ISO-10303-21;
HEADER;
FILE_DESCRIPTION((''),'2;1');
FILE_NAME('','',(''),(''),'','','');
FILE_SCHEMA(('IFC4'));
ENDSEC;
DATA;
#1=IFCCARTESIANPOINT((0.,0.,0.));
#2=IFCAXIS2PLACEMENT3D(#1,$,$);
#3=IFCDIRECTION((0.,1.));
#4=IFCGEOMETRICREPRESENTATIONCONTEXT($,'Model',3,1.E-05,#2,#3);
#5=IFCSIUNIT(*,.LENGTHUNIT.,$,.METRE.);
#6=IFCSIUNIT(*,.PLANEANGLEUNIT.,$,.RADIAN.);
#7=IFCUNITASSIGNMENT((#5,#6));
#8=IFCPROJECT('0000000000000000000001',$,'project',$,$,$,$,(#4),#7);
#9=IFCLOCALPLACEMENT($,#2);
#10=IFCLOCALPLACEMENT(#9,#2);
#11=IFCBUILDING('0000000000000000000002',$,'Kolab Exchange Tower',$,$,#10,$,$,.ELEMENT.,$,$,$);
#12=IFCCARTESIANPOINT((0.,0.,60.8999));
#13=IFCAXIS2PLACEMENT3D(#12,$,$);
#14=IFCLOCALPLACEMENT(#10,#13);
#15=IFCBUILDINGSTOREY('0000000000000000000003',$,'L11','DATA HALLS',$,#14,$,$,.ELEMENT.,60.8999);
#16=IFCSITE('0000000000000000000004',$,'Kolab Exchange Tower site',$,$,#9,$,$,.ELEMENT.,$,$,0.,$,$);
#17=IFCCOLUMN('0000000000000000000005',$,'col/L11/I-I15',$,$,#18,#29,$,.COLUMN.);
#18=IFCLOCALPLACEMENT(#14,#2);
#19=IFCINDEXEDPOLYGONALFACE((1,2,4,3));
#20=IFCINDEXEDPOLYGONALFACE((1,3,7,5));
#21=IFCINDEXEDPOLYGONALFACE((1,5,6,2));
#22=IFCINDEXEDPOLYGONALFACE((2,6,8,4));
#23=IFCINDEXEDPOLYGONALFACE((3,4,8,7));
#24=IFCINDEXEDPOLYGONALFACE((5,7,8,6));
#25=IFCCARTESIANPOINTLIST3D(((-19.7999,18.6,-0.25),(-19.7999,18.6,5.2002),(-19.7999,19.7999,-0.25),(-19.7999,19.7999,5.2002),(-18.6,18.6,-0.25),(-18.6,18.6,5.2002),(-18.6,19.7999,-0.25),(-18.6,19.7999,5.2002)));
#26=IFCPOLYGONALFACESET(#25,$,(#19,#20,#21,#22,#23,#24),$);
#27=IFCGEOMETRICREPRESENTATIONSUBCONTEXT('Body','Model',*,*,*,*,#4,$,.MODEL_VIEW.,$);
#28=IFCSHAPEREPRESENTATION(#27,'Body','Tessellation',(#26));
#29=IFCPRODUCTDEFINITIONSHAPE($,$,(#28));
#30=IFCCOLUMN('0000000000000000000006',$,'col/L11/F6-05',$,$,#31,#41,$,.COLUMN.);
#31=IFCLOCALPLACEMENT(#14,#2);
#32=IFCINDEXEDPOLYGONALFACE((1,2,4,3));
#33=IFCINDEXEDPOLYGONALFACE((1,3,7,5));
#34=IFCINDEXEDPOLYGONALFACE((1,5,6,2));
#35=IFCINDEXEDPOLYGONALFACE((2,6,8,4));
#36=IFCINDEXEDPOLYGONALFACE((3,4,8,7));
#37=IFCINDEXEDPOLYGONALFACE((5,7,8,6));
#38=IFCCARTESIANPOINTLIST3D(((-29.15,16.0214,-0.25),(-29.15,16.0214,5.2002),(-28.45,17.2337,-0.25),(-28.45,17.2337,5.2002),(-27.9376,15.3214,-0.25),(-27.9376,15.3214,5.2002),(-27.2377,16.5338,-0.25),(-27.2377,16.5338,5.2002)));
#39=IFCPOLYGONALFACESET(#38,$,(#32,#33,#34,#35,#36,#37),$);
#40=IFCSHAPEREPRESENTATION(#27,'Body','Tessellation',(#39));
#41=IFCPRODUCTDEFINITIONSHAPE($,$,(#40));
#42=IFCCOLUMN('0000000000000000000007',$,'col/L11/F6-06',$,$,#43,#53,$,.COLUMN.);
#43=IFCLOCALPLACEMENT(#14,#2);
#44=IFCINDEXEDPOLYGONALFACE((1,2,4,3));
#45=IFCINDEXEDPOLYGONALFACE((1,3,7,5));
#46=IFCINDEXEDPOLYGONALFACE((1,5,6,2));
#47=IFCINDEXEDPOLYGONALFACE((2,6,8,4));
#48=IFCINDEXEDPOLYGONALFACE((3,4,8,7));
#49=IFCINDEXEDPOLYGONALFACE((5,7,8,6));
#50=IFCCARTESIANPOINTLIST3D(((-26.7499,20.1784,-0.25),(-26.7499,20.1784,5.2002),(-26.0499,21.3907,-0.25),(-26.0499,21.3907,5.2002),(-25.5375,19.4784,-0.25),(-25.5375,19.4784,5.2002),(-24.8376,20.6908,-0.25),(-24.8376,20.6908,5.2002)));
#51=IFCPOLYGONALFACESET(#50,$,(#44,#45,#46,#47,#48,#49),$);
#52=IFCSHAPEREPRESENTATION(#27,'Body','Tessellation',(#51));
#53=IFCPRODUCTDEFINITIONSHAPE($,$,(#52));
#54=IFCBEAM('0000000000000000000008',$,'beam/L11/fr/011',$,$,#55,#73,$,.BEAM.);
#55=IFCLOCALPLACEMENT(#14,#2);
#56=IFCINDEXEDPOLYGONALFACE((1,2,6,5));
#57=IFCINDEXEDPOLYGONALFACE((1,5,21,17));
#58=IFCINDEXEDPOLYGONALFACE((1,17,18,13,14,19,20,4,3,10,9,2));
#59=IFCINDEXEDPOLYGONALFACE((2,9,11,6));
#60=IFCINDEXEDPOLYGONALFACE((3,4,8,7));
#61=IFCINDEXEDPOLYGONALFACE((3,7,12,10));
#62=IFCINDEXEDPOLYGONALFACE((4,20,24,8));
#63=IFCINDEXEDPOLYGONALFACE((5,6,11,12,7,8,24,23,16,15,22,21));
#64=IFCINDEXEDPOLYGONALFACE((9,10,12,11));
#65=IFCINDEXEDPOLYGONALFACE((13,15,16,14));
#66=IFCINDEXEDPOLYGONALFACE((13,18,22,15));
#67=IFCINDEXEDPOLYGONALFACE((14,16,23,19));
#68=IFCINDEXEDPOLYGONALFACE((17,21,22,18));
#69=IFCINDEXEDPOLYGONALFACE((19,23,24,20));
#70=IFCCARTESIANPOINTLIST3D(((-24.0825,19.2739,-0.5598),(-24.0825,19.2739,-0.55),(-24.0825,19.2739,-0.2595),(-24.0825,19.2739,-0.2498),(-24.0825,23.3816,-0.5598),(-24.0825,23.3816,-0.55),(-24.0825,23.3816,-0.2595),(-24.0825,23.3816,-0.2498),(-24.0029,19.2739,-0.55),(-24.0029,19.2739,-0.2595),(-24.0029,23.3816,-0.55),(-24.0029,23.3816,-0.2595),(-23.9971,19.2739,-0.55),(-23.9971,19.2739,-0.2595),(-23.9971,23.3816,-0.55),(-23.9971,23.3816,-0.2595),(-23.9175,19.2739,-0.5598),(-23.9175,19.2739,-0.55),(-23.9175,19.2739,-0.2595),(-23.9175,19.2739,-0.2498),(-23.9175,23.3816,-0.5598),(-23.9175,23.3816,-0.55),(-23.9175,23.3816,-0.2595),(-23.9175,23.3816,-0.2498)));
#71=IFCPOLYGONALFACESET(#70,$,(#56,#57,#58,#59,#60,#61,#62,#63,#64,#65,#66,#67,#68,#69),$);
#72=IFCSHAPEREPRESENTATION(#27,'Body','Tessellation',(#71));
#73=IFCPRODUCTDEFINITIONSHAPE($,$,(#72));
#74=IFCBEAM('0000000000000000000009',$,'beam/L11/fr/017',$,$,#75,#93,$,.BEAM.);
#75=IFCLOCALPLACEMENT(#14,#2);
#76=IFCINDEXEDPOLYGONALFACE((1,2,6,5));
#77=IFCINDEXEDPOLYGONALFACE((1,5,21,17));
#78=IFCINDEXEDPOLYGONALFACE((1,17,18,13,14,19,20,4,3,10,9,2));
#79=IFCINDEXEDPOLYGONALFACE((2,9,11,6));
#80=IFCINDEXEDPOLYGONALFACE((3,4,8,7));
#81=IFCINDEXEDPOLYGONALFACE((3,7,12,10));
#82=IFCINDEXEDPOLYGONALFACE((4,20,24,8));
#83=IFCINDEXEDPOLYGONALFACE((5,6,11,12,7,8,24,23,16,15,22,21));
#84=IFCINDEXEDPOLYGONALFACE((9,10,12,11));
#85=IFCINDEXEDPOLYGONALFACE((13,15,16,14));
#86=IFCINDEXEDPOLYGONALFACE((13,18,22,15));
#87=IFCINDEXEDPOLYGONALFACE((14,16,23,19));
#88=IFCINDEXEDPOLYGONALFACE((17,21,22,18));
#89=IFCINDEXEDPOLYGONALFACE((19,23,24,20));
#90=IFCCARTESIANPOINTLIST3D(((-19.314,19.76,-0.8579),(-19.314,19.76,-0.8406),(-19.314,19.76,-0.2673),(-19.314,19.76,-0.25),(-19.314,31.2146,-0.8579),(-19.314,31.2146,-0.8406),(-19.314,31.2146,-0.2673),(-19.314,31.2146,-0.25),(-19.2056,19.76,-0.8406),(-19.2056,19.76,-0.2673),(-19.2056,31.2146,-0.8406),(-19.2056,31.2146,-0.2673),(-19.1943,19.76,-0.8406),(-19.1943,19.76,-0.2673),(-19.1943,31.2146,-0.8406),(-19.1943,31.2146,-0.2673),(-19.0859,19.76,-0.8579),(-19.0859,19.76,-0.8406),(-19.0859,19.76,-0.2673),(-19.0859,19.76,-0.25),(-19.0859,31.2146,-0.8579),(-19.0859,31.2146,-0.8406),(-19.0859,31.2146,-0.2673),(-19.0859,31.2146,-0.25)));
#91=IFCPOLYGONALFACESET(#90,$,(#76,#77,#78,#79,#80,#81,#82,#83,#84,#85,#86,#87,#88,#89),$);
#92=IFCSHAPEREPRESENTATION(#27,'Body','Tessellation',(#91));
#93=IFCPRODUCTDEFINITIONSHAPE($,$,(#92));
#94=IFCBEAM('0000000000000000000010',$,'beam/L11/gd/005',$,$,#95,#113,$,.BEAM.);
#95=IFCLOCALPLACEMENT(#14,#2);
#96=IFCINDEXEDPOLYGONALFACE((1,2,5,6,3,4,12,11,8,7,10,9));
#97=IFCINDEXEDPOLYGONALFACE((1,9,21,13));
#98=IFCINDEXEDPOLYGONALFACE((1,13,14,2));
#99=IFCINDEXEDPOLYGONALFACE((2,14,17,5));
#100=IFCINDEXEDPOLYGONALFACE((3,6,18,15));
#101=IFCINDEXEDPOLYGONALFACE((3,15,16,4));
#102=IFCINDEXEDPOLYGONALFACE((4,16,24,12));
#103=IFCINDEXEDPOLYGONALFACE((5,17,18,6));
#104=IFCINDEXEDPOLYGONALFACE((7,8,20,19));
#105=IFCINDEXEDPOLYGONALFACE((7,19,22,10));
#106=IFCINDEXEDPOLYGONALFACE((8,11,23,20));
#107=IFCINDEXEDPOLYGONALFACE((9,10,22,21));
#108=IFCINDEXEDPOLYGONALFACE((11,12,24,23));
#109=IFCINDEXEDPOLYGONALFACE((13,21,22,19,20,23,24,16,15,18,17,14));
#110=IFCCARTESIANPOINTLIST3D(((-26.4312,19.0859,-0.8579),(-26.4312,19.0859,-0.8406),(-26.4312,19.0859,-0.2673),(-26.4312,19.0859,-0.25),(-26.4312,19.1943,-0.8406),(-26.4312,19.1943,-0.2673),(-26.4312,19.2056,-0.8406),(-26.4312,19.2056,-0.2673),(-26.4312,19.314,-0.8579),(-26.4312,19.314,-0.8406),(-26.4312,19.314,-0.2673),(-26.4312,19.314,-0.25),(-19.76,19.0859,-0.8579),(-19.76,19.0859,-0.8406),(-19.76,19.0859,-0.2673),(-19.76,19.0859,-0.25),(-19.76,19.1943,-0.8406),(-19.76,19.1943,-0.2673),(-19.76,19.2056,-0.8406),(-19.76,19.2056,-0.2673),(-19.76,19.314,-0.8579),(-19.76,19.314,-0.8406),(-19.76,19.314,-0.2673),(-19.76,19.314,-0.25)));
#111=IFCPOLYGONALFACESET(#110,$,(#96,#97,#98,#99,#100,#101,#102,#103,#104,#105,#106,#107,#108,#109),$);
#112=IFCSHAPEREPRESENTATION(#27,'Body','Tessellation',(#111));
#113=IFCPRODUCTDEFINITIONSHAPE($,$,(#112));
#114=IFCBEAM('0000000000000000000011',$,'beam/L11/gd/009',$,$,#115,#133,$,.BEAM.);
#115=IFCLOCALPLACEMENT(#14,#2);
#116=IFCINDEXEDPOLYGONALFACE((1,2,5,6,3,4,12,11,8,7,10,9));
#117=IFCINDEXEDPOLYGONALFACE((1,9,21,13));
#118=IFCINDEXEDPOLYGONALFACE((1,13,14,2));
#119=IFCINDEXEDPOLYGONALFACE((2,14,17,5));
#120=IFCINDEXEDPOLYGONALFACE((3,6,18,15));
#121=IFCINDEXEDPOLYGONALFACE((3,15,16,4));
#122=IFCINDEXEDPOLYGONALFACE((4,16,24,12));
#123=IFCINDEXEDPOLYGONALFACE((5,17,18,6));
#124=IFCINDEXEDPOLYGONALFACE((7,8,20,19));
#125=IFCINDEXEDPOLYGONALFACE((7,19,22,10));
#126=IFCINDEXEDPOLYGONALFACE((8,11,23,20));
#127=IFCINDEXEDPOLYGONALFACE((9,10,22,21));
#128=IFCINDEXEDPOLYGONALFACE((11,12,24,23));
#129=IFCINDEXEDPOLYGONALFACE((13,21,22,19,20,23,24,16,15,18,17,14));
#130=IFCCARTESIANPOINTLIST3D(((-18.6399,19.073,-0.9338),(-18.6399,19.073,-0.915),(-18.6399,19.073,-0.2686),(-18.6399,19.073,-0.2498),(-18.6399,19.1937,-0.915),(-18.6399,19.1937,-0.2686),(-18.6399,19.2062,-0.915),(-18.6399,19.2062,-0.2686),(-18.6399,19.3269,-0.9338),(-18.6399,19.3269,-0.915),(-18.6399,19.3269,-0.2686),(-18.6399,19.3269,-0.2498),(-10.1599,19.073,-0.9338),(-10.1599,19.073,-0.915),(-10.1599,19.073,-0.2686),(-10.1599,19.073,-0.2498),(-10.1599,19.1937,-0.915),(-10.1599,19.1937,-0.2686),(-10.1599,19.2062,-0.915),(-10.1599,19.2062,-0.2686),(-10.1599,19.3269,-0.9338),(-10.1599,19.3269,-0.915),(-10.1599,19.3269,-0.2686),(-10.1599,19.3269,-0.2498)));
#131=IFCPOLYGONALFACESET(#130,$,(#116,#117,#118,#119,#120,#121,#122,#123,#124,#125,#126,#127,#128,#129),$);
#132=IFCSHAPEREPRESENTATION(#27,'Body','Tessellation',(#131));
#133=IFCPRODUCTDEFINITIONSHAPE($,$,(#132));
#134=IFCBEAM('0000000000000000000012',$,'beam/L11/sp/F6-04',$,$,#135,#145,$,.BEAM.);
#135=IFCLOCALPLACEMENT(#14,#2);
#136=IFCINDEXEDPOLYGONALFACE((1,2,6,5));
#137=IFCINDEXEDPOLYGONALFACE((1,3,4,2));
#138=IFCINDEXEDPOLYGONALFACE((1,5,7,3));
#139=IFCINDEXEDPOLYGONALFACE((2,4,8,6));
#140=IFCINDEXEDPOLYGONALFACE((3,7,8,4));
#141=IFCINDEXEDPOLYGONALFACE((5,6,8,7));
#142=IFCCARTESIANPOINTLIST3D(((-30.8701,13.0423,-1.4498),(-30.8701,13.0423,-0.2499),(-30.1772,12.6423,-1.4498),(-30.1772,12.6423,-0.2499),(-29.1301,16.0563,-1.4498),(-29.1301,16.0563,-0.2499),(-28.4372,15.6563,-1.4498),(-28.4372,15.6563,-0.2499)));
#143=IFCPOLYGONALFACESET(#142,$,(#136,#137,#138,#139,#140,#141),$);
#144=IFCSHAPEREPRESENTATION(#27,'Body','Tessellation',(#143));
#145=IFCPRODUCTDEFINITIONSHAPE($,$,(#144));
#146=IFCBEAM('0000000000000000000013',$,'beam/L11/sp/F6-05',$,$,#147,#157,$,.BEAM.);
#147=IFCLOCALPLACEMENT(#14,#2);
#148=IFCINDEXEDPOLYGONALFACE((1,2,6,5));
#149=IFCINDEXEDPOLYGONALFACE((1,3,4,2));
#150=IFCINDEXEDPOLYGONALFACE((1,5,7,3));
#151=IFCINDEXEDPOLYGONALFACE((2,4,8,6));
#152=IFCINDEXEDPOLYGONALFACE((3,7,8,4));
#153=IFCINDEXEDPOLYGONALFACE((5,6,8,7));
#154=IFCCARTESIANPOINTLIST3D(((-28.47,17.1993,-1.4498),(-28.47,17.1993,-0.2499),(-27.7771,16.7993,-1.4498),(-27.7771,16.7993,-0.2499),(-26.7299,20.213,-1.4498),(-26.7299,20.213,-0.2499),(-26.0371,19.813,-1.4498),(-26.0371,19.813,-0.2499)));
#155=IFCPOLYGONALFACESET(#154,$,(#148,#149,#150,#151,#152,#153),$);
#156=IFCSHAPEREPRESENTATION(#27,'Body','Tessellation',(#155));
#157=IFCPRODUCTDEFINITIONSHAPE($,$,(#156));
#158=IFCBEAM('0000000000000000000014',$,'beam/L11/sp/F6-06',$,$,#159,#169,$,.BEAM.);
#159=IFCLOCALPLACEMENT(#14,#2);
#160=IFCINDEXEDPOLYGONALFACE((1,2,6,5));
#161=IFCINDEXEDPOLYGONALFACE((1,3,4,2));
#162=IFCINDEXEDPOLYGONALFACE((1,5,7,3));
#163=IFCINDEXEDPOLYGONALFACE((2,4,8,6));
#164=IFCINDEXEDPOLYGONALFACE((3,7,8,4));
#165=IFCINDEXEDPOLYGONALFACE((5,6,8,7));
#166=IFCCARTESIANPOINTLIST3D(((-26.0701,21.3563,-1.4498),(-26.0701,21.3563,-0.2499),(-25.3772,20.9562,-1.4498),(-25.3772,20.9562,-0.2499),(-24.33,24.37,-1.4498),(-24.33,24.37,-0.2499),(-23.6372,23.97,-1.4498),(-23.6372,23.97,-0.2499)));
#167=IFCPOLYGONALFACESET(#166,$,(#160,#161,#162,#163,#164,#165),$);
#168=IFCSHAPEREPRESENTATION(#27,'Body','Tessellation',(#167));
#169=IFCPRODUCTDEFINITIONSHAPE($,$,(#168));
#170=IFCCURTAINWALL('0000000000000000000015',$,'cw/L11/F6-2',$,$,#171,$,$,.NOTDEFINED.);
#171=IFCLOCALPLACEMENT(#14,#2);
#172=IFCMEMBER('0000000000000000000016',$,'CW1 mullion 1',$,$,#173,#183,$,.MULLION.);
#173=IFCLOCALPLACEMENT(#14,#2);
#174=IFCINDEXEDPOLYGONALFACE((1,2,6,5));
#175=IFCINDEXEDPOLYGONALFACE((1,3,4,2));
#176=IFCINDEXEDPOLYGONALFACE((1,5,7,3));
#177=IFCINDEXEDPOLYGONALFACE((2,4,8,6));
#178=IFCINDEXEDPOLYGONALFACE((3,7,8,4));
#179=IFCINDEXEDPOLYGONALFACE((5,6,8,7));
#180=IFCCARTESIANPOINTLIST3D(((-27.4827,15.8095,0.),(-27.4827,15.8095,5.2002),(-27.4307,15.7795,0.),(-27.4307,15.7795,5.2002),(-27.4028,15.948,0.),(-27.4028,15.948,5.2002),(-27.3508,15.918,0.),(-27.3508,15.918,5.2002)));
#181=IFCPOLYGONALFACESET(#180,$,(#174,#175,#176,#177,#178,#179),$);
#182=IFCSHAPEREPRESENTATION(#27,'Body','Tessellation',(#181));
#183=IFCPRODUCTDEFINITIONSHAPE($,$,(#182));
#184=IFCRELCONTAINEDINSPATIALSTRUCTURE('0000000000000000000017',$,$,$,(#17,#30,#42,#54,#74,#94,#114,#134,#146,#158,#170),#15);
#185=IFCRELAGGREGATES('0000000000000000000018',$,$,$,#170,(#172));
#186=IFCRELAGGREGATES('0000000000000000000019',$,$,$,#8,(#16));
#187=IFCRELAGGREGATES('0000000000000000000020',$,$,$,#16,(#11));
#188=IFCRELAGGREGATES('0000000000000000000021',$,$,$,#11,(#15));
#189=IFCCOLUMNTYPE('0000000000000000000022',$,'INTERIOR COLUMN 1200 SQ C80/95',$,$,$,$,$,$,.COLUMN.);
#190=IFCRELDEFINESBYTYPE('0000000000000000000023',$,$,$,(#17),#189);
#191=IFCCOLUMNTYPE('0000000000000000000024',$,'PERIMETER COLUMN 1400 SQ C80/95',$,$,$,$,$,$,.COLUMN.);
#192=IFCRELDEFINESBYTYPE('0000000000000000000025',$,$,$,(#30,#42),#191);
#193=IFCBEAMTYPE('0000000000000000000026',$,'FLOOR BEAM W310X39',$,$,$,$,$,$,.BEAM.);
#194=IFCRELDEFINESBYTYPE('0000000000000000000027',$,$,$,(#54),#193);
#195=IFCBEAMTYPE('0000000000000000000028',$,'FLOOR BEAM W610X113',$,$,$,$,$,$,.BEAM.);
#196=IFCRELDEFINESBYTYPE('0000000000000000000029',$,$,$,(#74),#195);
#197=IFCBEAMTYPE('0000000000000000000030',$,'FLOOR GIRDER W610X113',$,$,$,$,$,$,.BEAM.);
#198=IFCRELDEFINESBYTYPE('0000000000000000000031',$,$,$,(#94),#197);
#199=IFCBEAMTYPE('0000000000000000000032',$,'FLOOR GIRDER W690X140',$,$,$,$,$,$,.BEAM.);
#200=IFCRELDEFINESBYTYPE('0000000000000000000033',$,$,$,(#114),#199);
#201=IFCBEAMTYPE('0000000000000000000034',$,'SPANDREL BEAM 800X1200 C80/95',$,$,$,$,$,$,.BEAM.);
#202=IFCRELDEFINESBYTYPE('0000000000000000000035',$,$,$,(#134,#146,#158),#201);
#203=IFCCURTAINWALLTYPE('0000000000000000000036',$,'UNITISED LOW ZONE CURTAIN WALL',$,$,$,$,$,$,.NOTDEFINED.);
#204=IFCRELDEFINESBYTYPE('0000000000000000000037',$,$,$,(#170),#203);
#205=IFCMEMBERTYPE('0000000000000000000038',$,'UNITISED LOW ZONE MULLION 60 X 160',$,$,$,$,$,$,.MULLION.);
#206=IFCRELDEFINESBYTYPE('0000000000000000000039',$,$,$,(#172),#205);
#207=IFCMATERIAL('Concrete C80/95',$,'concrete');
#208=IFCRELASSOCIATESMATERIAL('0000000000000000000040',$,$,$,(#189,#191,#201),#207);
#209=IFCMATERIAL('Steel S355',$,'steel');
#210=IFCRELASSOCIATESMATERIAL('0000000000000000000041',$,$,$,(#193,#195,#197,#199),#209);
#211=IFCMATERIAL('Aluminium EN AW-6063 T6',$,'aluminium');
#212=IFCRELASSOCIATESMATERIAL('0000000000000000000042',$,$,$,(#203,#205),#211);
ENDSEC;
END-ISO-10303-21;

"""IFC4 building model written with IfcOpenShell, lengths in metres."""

from ifc_helpers import new_model, si_unit, direction, frame, origin, origin_2d, place, context, subcontext, project, spatial, rectangle, i_section, extrude, material, material_profile, profile_set, type_object, element, aggregate, save


model = new_model("IFC4")

# Units and contexts
model_context = context("Model", 3, precision=1e-05, world=origin(), true_north=direction((0.0, 1.0)))
body_context = subcontext(model_context, "Body", "Model", "MODEL_VIEW")
ifc_project = project(units=[si_unit("LENGTHUNIT", "METRE"), si_unit("PLANEANGLEUNIT", "RADIAN")], contexts=[model_context])

# Site, building, storey
site_placement = place(None, origin())
site = spatial("IfcSite", under=ifc_project, at=site_placement, Name="Kolab Exchange Tower site", CompositionType="ELEMENT", RefElevation=0.0)
building_placement = place(site_placement, origin())
building = spatial("IfcBuilding", under=site, at=building_placement, Name="Kolab Exchange Tower", CompositionType="ELEMENT")
storey_placement = place(building_placement, frame((0.0, 0.0, 60.8999)))
storey = spatial("IfcBuildingStorey", under=building, at=storey_placement, Name="L11", Description="DATA HALLS", CompositionType="ELEMENT", Elevation=60.8999)

# Columns
ifc_material_1 = material(Name="Concrete C80/95", Category="concrete")
ifc_material_profile_1 = material_profile(ifc_material_1, rectangle(XDim=1.2, YDim=1.2, at=origin_2d()), Name="RC1200")
ifc_profile_set_1 = profile_set([ifc_material_profile_1], Name="Concrete C80/95")
column_type_1 = type_object("IfcColumnType", Name="INTERIOR COLUMN 1200 SQ C80/95", PredefinedType="COLUMN", material=ifc_profile_set_1)
column_placement = place(storey_placement, frame((-19.2, 19.2, -0.25), z_axis=(0.0, 0.0, 1.0), x_axis=(1.0, 0.0, 0.0)))
element("IfcColumn", 1, at=column_placement, inside=storey, type_object=column_type_1, Name="col/L11/I-I15", PredefinedType="COLUMN", context=body_context, shape_type="SweptSolid", body=[
    extrude(rectangle(XDim=1.2, YDim=1.2, at=origin_2d()), origin(), (0.0, 0.0, 1.0), 5.4502),
])
ifc_material_profile_2 = material_profile(ifc_material_1, rectangle(XDim=1.3999, YDim=1.3999, at=origin_2d()), Name="RC1400")
ifc_profile_set_2 = profile_set([ifc_material_profile_2], Name="Concrete C80/95")
column_type_2 = type_object("IfcColumnType", Name="PERIMETER COLUMN 1400 SQ C80/95", PredefinedType="COLUMN", material=ifc_profile_set_2)
for number, where, z_axis, x_axis, name in (
    (2, (-28.1938, 16.2776, -0.25), (0.0, 0.0, 1.0), (0.5, 0.866025, 0.0), "col/L11/F6-05"),
    (3, (-25.7937, 20.4346, -0.25), (0.0, 0.0, 1.0), (0.5, 0.866025, 0.0), "col/L11/F6-06"),
):
    element("IfcColumn", number, at=place(storey_placement, frame(where, z_axis=z_axis, x_axis=x_axis)), inside=storey, type_object=column_type_2, Name=name, PredefinedType="COLUMN", context=body_context, shape_type="SweptSolid", body=[
        extrude(rectangle(XDim=1.3999, YDim=1.3999, at=origin_2d()), origin(), (0.0, 0.0, 1.0), 5.4502),
    ])

# Beams
ifc_material_2 = material(Name="Steel S355", Category="steel")
ifc_material_profile_3 = material_profile(ifc_material_2, i_section(OverallWidth=0.165, OverallDepth=0.3101, WebThickness=0.0059, FlangeThickness=0.0098, at=origin_2d()), Name="W310X39")
ifc_profile_set_3 = profile_set([ifc_material_profile_3], Name="Steel S355")
beam_type_1 = type_object("IfcBeamType", Name="FLOOR BEAM W310X39", PredefinedType="BEAM", material=ifc_profile_set_3)
beam_1_placement = place(storey_placement, frame((-24.0, 19.2739, -0.4048), z_axis=(0.0, 1.0, 0.0), x_axis=(-1.0, 0.0, 0.0)))
element("IfcBeam", 4, at=beam_1_placement, inside=storey, type_object=beam_type_1, Name="beam/L11/fr/011", PredefinedType="BEAM", context=body_context, shape_type="SweptSolid", body=[
    extrude(i_section(OverallWidth=0.165, OverallDepth=0.3101, WebThickness=0.0059, FlangeThickness=0.0098, at=origin_2d()), origin(), (0.0, 0.0, 1.0), 4.1077),
])
ifc_material_profile_4 = material_profile(ifc_material_2, i_section(OverallWidth=0.228, OverallDepth=0.6079, WebThickness=0.0112, FlangeThickness=0.0173, at=origin_2d()), Name="W610X113")
ifc_profile_set_4 = profile_set([ifc_material_profile_4], Name="Steel S355")
beam_type_2 = type_object("IfcBeamType", Name="FLOOR BEAM W610X113", PredefinedType="BEAM", material=ifc_profile_set_4)
beam_2_placement = place(storey_placement, frame((-19.2, 19.76, -0.554), z_axis=(0.0, 1.0, 0.0), x_axis=(-1.0, 0.0, 0.0)))
element("IfcBeam", 5, at=beam_2_placement, inside=storey, type_object=beam_type_2, Name="beam/L11/fr/017", PredefinedType="BEAM", context=body_context, shape_type="SweptSolid", body=[
    extrude(i_section(OverallWidth=0.228, OverallDepth=0.6079, WebThickness=0.0112, FlangeThickness=0.0173, at=origin_2d()), origin(), (0.0, 0.0, 1.0), 11.4546),
])
ifc_material_profile_5 = material_profile(ifc_material_2, i_section(OverallWidth=0.228, OverallDepth=0.6079, WebThickness=0.0112, FlangeThickness=0.0173, at=origin_2d()), Name="W610X113")
ifc_profile_set_5 = profile_set([ifc_material_profile_5], Name="Steel S355")
beam_type_3 = type_object("IfcBeamType", Name="FLOOR GIRDER W610X113", PredefinedType="BEAM", material=ifc_profile_set_5)
beam_3_placement = place(storey_placement, frame((-26.4312, 19.2, -0.554), z_axis=(1.0, 0.0, 0.0), x_axis=(0.0, 1.0, 0.0)))
element("IfcBeam", 6, at=beam_3_placement, inside=storey, type_object=beam_type_3, Name="beam/L11/gd/005", PredefinedType="BEAM", context=body_context, shape_type="SweptSolid", body=[
    extrude(i_section(OverallWidth=0.228, OverallDepth=0.6079, WebThickness=0.0112, FlangeThickness=0.0173, at=origin_2d()), origin(), (0.0, 0.0, 1.0), 6.6711),
])
ifc_material_profile_6 = material_profile(ifc_material_2, i_section(OverallWidth=0.2539, OverallDepth=0.6841, WebThickness=0.0125, FlangeThickness=0.0188, at=origin_2d()), Name="W690X140")
ifc_profile_set_6 = profile_set([ifc_material_profile_6], Name="Steel S355")
beam_type_4 = type_object("IfcBeamType", Name="FLOOR GIRDER W690X140", PredefinedType="BEAM", material=ifc_profile_set_6)
beam_4_placement = place(storey_placement, frame((-18.6399, 19.2, -0.5918), z_axis=(1.0, 0.0, 0.0), x_axis=(0.0, 1.0, 0.0)))
element("IfcBeam", 7, at=beam_4_placement, inside=storey, type_object=beam_type_4, Name="beam/L11/gd/009", PredefinedType="BEAM", context=body_context, shape_type="SweptSolid", body=[
    extrude(i_section(OverallWidth=0.2539, OverallDepth=0.6841, WebThickness=0.0125, FlangeThickness=0.0188, at=origin_2d()), origin(), (0.0, 0.0, 1.0), 8.48),
])
ifc_material_profile_7 = material_profile(ifc_material_1, rectangle(XDim=0.8, YDim=1.2, at=origin_2d()), Name="RC800X1200")
ifc_profile_set_7 = profile_set([ifc_material_profile_7], Name="Concrete C80/95")
beam_type_5 = type_object("IfcBeamType", Name="SPANDREL BEAM 800X1200 C80/95", PredefinedType="BEAM", material=ifc_profile_set_7)
beam_5_placement = place(storey_placement, frame((-30.5237, 12.8423, -0.8499), z_axis=(0.49998, 0.866037, 0.0), x_axis=(-0.866037, 0.49998, 0.0)))
element("IfcBeam", 8, at=beam_5_placement, inside=storey, type_object=beam_type_5, Name="beam/L11/sp/F6-04", PredefinedType="BEAM", context=body_context, shape_type="SweptSolid", body=[
    extrude(rectangle(XDim=0.8, YDim=1.2, at=origin_2d()), origin(), (0.0, 0.0, 1.0), 3.4802),
])
for number, where, z_axis, x_axis, name in (
    (9, (-28.1235, 16.9993, -0.8499), (0.50001, 0.86602, 0.0), (-0.86602, 0.50001, 0.0), "beam/L11/sp/F6-05"),
    (10, (-25.7236, 21.1562, -0.8499), (0.50001, 0.86602, 0.0), (-0.86602, 0.50001, 0.0), "beam/L11/sp/F6-06"),
):
    element("IfcBeam", number, at=place(storey_placement, frame(where, z_axis=z_axis, x_axis=x_axis)), inside=storey, type_object=beam_type_5, Name=name, PredefinedType="BEAM", context=body_context, shape_type="SweptSolid", body=[
        extrude(rectangle(XDim=0.8, YDim=1.2, at=origin_2d()), origin(), (0.0, 0.0, 1.0), 3.48),
    ])

# Curtain wall, member
ifc_material_3 = material(Name="Aluminium EN AW-6063 T6", Category="aluminium")
curtain_wall_type = type_object("IfcCurtainWallType", Name="UNITISED LOW ZONE CURTAIN WALL", PredefinedType="NOTDEFINED", material=ifc_material_3)
curtain_wall_placement = place(storey_placement, origin())
curtain_wall = element("IfcCurtainWall", 11, at=curtain_wall_placement, inside=storey, type_object=curtain_wall_type, Name="cw/L11/F6-2", PredefinedType="NOTDEFINED")
ifc_material_profile_8 = material_profile(ifc_material_3, rectangle(XDim=0.0601, YDim=0.1599, at=origin_2d()), Name="RECT 60X160")
ifc_profile_set_8 = profile_set([ifc_material_profile_8], Name="Aluminium EN AW-6063 T6")
member_type_1 = type_object("IfcMemberType", Name="UNITISED LOW ZONE MULLION 60 X 160", PredefinedType="MULLION", material=ifc_profile_set_8)
member_1_placement = place(storey_placement, frame((-27.4167, 15.8638, 0.0), z_axis=(0.0, 0.0, 1.0), x_axis=(-0.866025, 0.5, 0.0)))
member_1 = element("IfcMember", 12, at=member_1_placement, type_object=member_type_1, Name="CW1 mullion 1", PredefinedType="MULLION", context=body_context, shape_type="SweptSolid", body=[
    extrude(rectangle(XDim=0.0601, YDim=0.1599, at=origin_2d()), origin(), (0.0, 0.0, 1.0), 5.2002),
])
aggregate(curtain_wall, [member_1])

save(model, "model.ifc")
